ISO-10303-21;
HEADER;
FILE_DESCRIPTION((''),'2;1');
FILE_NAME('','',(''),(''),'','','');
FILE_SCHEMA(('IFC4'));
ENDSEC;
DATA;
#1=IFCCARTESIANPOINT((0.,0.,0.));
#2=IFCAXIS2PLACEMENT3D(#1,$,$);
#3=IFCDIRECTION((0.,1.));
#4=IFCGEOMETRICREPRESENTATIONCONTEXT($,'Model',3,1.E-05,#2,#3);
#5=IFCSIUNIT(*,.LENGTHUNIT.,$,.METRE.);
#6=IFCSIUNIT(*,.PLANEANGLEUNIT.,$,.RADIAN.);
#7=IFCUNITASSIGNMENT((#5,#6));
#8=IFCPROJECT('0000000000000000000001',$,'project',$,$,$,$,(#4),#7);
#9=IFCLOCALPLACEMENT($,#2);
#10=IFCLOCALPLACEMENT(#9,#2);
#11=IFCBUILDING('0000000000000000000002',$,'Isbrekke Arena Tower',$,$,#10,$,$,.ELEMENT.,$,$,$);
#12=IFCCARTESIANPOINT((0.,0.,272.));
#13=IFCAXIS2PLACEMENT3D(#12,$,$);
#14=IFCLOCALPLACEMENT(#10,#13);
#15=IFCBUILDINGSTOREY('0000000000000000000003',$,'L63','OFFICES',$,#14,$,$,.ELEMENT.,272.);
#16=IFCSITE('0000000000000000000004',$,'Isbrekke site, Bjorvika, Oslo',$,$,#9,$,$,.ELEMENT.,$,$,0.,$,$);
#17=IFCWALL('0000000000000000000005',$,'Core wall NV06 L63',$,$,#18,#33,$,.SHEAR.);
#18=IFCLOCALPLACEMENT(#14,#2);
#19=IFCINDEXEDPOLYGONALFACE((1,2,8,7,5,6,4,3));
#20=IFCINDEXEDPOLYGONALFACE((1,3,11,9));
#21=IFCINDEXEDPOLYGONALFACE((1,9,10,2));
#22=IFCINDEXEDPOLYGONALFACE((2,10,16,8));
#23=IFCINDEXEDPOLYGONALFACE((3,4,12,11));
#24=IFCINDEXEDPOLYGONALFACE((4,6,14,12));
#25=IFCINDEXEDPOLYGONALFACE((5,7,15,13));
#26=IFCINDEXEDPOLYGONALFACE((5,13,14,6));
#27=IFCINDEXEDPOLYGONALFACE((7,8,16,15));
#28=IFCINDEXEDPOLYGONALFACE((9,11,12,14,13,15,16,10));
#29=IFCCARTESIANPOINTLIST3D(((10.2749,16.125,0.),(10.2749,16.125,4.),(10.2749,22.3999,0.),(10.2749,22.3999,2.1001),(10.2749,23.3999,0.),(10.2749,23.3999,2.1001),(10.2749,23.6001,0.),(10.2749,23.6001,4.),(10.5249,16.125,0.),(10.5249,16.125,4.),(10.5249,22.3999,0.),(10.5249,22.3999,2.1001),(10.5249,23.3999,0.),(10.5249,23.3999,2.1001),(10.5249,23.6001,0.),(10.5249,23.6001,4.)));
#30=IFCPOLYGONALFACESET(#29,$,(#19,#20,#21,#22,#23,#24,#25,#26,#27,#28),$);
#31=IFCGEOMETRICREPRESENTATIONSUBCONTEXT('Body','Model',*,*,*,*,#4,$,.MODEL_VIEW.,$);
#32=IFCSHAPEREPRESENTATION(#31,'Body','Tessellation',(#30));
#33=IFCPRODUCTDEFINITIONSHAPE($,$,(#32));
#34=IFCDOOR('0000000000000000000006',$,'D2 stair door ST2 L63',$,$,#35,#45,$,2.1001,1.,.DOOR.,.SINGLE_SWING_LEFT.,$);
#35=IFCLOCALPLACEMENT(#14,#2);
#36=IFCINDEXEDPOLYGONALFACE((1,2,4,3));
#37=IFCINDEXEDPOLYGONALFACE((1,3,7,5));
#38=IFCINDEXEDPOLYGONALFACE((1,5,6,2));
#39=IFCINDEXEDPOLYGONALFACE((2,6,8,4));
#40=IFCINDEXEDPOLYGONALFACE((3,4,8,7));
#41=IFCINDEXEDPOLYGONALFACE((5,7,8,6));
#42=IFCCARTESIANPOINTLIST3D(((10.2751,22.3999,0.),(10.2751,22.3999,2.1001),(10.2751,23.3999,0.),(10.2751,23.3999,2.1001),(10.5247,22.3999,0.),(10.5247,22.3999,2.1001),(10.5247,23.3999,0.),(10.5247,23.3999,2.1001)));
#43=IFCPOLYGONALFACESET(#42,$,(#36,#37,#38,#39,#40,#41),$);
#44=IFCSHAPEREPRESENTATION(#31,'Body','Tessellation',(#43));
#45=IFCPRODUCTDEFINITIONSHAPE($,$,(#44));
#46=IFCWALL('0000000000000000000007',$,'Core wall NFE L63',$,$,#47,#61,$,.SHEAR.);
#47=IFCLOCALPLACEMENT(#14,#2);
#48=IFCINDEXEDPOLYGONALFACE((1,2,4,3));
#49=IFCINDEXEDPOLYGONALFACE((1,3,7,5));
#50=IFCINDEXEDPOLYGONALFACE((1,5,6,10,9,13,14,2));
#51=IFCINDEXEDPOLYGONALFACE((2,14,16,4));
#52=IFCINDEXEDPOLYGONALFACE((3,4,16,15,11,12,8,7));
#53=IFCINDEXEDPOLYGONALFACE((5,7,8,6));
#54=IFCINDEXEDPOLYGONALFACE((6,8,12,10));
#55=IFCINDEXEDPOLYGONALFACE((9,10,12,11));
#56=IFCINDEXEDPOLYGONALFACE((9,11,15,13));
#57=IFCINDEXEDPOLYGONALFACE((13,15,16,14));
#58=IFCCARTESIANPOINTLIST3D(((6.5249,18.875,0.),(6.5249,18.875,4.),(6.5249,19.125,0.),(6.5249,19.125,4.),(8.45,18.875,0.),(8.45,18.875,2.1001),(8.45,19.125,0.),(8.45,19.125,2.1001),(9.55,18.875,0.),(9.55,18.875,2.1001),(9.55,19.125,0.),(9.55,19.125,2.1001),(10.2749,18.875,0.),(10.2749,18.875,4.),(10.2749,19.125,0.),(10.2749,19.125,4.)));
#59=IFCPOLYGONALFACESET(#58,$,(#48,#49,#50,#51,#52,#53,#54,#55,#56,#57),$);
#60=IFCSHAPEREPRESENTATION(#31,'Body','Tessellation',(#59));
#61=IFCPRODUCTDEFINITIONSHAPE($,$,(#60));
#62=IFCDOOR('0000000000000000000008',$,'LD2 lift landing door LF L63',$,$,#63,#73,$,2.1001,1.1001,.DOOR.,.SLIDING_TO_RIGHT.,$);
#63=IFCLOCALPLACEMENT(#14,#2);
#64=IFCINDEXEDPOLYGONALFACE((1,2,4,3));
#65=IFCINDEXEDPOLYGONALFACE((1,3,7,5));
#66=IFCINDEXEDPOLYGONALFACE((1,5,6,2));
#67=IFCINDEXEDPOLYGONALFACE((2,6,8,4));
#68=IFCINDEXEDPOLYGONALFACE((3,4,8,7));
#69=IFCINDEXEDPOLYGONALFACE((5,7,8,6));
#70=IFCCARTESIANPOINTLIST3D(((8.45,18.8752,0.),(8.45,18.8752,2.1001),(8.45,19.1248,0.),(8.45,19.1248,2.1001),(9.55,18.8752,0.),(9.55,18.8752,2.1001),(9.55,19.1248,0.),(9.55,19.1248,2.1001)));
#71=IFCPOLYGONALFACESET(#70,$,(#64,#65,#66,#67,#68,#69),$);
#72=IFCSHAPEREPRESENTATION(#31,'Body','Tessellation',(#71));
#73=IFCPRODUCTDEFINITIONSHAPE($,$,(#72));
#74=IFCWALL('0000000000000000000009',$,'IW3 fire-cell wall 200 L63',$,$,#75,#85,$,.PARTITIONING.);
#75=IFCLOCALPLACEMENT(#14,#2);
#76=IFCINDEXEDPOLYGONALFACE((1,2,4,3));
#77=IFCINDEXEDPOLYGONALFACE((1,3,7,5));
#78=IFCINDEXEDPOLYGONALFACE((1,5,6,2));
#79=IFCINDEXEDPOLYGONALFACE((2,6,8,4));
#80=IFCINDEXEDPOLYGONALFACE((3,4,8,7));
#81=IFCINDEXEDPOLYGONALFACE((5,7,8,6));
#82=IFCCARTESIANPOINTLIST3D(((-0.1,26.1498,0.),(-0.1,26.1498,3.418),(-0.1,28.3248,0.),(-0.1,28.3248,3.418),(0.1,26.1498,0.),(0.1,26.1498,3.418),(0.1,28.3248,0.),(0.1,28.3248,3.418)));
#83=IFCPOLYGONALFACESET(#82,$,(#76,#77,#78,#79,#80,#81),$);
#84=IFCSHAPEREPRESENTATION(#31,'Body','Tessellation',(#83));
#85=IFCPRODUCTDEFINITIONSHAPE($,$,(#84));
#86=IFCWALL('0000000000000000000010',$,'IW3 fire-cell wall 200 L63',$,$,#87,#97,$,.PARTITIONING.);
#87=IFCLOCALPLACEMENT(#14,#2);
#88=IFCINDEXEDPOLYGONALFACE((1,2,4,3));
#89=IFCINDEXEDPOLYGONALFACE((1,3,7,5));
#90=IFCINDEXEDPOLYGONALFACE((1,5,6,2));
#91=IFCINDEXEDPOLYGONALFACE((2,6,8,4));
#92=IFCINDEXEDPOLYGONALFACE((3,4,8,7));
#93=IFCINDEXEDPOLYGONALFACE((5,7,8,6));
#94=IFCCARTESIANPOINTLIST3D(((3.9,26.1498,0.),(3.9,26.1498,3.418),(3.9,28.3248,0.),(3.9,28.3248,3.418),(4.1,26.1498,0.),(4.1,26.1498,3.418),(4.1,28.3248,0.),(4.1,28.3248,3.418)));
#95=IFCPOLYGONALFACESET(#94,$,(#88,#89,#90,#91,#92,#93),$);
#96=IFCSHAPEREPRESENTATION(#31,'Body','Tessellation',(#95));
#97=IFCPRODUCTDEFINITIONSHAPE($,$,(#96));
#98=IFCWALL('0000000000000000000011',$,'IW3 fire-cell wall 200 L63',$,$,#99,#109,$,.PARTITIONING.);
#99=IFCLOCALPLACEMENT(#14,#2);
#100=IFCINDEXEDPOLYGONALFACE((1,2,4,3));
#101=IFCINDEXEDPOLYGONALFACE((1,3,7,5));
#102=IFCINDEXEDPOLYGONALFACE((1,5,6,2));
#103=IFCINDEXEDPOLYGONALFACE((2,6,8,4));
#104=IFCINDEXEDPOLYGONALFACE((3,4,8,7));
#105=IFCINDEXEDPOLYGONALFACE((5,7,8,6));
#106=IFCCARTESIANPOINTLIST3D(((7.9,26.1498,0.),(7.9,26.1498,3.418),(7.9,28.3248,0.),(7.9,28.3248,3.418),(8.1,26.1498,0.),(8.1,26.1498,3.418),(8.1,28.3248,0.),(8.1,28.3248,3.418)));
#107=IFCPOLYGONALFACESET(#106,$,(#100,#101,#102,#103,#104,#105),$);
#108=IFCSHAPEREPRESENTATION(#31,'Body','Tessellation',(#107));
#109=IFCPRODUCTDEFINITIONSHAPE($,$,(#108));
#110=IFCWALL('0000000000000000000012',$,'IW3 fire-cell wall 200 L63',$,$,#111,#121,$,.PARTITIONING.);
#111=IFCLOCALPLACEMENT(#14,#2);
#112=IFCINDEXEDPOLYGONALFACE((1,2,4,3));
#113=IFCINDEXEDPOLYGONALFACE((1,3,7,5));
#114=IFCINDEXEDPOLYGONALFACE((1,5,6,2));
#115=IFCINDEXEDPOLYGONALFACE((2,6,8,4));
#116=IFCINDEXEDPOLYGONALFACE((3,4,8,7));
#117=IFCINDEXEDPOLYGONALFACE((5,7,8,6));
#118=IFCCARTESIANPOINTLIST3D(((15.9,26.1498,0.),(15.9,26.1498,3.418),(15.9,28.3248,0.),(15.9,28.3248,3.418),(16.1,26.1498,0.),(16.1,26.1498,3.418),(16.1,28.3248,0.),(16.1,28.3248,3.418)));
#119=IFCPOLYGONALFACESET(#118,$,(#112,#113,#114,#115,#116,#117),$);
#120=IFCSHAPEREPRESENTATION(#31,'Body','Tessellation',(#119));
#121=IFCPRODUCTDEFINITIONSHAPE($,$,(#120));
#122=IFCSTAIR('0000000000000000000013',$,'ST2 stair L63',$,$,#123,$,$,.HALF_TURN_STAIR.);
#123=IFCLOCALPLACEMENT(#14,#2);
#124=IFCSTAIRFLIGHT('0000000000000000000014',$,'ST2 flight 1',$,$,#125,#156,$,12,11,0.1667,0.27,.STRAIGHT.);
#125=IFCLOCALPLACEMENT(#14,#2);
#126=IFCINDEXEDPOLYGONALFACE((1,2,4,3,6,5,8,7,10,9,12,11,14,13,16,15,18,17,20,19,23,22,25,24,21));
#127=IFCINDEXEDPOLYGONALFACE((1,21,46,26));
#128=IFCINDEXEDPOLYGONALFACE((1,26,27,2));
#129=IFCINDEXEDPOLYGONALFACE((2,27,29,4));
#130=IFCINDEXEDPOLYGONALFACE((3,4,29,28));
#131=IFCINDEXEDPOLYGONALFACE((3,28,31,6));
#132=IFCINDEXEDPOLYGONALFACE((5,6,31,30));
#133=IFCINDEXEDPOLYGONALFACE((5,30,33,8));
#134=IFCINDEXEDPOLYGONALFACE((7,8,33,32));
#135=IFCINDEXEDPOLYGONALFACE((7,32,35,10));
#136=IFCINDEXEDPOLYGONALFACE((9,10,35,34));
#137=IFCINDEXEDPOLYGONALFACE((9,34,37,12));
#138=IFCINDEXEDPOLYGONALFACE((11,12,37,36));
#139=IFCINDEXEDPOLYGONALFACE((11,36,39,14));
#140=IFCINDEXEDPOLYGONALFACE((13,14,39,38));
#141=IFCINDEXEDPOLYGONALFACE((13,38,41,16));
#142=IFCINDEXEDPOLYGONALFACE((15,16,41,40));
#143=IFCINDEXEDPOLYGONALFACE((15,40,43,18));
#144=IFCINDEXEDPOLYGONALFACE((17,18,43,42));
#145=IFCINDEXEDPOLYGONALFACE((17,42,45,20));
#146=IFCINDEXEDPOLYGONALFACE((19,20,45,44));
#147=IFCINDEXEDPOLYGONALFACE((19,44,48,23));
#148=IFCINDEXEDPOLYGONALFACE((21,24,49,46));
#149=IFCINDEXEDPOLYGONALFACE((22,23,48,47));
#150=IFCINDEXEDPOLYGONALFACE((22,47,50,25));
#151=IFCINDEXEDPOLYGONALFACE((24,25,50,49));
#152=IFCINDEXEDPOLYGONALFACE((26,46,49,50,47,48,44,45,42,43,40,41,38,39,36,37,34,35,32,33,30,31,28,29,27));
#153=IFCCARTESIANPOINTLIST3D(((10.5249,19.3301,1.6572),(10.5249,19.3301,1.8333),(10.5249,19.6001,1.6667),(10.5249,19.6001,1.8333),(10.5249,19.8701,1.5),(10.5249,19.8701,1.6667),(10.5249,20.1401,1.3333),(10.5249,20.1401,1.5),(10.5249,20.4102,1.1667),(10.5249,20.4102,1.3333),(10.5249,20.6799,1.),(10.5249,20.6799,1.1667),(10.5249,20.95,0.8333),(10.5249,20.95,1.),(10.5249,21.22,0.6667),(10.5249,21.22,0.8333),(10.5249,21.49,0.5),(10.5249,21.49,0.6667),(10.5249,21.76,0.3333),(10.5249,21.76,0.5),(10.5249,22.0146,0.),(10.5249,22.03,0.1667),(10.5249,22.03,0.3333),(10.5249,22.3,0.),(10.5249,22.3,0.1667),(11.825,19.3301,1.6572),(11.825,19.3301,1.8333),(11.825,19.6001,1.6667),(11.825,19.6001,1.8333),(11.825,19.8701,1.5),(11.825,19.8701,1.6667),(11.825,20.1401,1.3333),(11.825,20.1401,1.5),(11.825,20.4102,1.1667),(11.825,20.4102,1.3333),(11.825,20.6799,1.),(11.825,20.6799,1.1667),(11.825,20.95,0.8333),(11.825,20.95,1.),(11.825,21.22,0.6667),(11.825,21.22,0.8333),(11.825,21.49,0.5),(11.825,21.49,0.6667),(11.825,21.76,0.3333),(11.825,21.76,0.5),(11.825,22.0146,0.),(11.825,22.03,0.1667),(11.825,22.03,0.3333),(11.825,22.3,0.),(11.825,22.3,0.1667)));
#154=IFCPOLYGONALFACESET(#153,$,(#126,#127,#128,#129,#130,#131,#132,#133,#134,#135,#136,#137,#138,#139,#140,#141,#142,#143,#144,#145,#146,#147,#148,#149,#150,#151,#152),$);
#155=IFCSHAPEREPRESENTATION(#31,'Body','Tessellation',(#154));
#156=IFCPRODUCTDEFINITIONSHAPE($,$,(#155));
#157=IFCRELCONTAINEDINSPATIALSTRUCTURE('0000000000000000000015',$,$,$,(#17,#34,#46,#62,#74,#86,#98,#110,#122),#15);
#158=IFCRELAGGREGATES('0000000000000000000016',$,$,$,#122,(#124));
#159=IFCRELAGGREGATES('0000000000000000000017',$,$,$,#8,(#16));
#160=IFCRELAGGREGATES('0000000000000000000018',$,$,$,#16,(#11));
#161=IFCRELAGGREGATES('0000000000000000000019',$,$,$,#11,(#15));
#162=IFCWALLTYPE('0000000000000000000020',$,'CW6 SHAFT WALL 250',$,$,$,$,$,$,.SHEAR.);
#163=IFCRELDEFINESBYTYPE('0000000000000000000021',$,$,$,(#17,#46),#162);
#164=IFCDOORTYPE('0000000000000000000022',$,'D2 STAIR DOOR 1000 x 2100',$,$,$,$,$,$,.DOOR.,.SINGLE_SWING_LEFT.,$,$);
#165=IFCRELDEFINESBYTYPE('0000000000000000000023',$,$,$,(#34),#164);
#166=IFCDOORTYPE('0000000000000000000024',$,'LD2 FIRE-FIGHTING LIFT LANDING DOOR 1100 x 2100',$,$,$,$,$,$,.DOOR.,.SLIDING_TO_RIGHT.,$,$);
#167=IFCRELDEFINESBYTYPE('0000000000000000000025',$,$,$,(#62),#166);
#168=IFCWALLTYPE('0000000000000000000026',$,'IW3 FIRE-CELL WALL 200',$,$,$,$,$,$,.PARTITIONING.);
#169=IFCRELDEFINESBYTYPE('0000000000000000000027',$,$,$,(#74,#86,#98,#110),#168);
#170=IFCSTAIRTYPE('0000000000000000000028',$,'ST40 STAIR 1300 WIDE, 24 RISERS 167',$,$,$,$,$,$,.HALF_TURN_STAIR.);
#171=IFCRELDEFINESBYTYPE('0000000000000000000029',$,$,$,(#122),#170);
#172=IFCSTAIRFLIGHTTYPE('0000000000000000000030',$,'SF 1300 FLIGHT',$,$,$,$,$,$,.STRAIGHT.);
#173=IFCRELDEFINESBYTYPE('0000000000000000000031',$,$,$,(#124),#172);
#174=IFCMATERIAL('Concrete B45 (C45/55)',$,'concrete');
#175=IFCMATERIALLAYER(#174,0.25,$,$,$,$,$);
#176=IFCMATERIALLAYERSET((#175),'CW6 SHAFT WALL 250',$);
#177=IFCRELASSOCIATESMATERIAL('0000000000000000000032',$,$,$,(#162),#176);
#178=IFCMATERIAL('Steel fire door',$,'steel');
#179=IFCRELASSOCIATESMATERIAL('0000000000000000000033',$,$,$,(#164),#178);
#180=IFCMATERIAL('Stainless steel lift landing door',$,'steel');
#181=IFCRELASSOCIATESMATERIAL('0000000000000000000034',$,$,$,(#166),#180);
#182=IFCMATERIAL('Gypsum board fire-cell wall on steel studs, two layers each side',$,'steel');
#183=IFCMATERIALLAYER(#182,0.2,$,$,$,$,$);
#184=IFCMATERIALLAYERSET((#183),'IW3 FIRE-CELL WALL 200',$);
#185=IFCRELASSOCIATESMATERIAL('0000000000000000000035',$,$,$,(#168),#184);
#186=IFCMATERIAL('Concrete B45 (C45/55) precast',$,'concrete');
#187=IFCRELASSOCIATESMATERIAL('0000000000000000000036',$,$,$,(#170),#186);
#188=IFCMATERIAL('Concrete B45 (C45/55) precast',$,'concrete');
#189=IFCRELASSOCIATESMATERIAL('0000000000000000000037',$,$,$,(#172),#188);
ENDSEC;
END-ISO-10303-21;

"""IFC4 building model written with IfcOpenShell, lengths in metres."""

from ifc_helpers import new_model, si_unit, direction, frame, frame_2d, origin, place, context, subcontext, project, spatial, polyline, rectangle, outline, extrude, material, layer, layer_set, type_object, element, fill, aggregate, save


model = new_model("IFC4")

# Units and contexts
model_context = context("Model", 3, precision=1e-05, world=origin(), true_north=direction((0.0, 1.0)))
body_context = subcontext(model_context, "Body", "Model", "MODEL_VIEW")
ifc_project = project(units=[si_unit("LENGTHUNIT", "METRE"), si_unit("PLANEANGLEUNIT", "RADIAN")], contexts=[model_context])

# Site, building, storey
site_placement = place(None, origin())
site = spatial("IfcSite", under=ifc_project, at=site_placement, Name="Isbrekke site, Bjorvika, Oslo", CompositionType="ELEMENT", RefElevation=0.0)
building_placement = place(site_placement, origin())
building = spatial("IfcBuilding", under=site, at=building_placement, Name="Isbrekke Arena Tower", CompositionType="ELEMENT")
storey_placement = place(building_placement, frame((0.0, 0.0, 272.0)))
storey = spatial("IfcBuildingStorey", under=building, at=storey_placement, Name="L63", Description="OFFICES", CompositionType="ELEMENT", Elevation=272.0)

# Walls, openings, doors
ifc_material_1 = material(Name="Concrete B45 (C45/55)", Category="concrete")
ifc_layer_1 = layer(ifc_material_1, 0.25)
ifc_layer_set_1 = layer_set([ifc_layer_1], Name="CW6 SHAFT WALL 250")
wall_type_1 = type_object("IfcWallType", Name="CW6 SHAFT WALL 250", PredefinedType="SHEAR", material=ifc_layer_set_1)
wall_1_placement = place(storey_placement, frame((10.3999, 16.125, 0.0), z_axis=(0.0, 0.0, 1.0), x_axis=(0.0, 1.0, 0.0)))
wall_1 = element("IfcWall", 1, at=wall_1_placement, inside=storey, type_object=wall_type_1, Name="Core wall NV06 L63", PredefinedType="SHEAR", context=body_context, shape_type="SweptSolid", body=[
    extrude(rectangle(XDim=7.4751, YDim=0.25, at=frame_2d((3.7375, 0.0))), origin(), (0.0, 0.0, 1.0), 4.0),
])
opening_1_placement = place(wall_1_placement, frame((6.2749, 0.0, 0.0)))
opening_1 = element("IfcOpeningElement", 2, at=opening_1_placement, cuts=wall_1, PredefinedType="OPENING", context=body_context, shape_type="SweptSolid", body=[
    extrude(rectangle(XDim=1.0, YDim=2.1001, at=frame_2d((0.5, 1.05))), frame((0.0, 0.1399, 0.0), z_axis=(0.0, -1.0, 0.0), x_axis=(1.0, 0.0, 0.0)), (0.0, 0.0, 1.0), 0.2798),
])
ifc_material_2 = material(Name="Steel fire door", Category="steel")
door_type_1 = type_object("IfcDoorType", Name="D2 STAIR DOOR 1000 x 2100", OperationType="SINGLE_SWING_LEFT", PredefinedType="DOOR", material=ifc_material_2)
door_1_placement = place(opening_1_placement, origin())
door_1 = element("IfcDoor", 3, at=door_1_placement, inside=storey, type_object=door_type_1, Name="D2 stair door ST2 L63", OperationType="SINGLE_SWING_LEFT", OverallHeight=2.1001, OverallWidth=1.0, PredefinedType="DOOR", context=body_context, shape_type="SweptSolid", body=[
    extrude(rectangle(XDim=1.0, YDim=2.1001, at=frame_2d((0.5, 1.05))), frame((0.0, 0.1248, 0.0), z_axis=(0.0, -1.0, 0.0), x_axis=(1.0, 0.0, 0.0)), (0.0, 0.0, 1.0), 0.2495),
])
fill(opening_1, door_1)
wall_2_placement = place(storey_placement, frame((6.5249, 19.0, 0.0), z_axis=(0.0, 0.0, 1.0), x_axis=(1.0, 0.0, 0.0)))
wall_2 = element("IfcWall", 4, at=wall_2_placement, inside=storey, type_object=wall_type_1, Name="Core wall NFE L63", PredefinedType="SHEAR", context=body_context, shape_type="SweptSolid", body=[
    extrude(rectangle(XDim=3.75, YDim=0.25, at=frame_2d((1.875, 0.0))), origin(), (0.0, 0.0, 1.0), 4.0),
])
opening_2_placement = place(wall_2_placement, frame((1.925, 0.0, 0.0)))
opening_2 = element("IfcOpeningElement", 5, at=opening_2_placement, cuts=wall_2, PredefinedType="OPENING", context=body_context, shape_type="SweptSolid", body=[
    extrude(rectangle(XDim=1.1001, YDim=2.1001, at=frame_2d((0.55, 1.05))), frame((0.0, 0.1399, 0.0), z_axis=(0.0, -1.0, 0.0), x_axis=(1.0, 0.0, 0.0)), (0.0, 0.0, 1.0), 0.2798),
])
ifc_material_3 = material(Name="Stainless steel lift landing door", Category="steel")
door_type_2 = type_object("IfcDoorType", Name="LD2 FIRE-FIGHTING LIFT LANDING DOOR 1100 x 2100", OperationType="SLIDING_TO_RIGHT", PredefinedType="DOOR", material=ifc_material_3)
door_2_placement = place(opening_2_placement, origin())
door_2 = element("IfcDoor", 6, at=door_2_placement, inside=storey, type_object=door_type_2, Name="LD2 lift landing door LF L63", OperationType="SLIDING_TO_RIGHT", OverallHeight=2.1001, OverallWidth=1.1001, PredefinedType="DOOR", context=body_context, shape_type="SweptSolid", body=[
    extrude(rectangle(XDim=1.1001, YDim=2.1001, at=frame_2d((0.55, 1.05))), frame((0.0, 0.1248, 0.0), z_axis=(0.0, -1.0, 0.0), x_axis=(1.0, 0.0, 0.0)), (0.0, 0.0, 1.0), 0.2495),
])
fill(opening_2, door_2)

# Walls
ifc_material_4 = material(Name="Gypsum board fire-cell wall on steel studs, two layers each side", Category="steel")
ifc_layer_2 = layer(ifc_material_4, 0.2)
ifc_layer_set_2 = layer_set([ifc_layer_2], Name="IW3 FIRE-CELL WALL 200")
wall_type_2 = type_object("IfcWallType", Name="IW3 FIRE-CELL WALL 200", PredefinedType="PARTITIONING", material=ifc_layer_set_2)
for number, where, z_axis, x_axis, name in (
    (7, (0.0, 26.1499, 0.0), (0.0, 0.0, 1.0), (0.0, 1.0, 0.0), "IW3 fire-cell wall 200 L63"),
    (8, (4.0, 26.1499, 0.0), (0.0, 0.0, 1.0), (0.0, 1.0, 0.0), "IW3 fire-cell wall 200 L63"),
    (9, (8.0, 26.1499, 0.0), (0.0, 0.0, 1.0), (0.0, 1.0, 0.0), "IW3 fire-cell wall 200 L63"),
    (10, (16.0, 26.1499, 0.0), (0.0, 0.0, 1.0), (0.0, 1.0, 0.0), "IW3 fire-cell wall 200 L63"),
):
    element("IfcWall", number, at=place(storey_placement, frame(where, z_axis=z_axis, x_axis=x_axis)), inside=storey, type_object=wall_type_2, Name=name, PredefinedType="PARTITIONING", context=body_context, shape_type="SweptSolid", body=[
        extrude(rectangle(XDim=2.175, YDim=0.2, at=frame_2d((1.0874, 0.0))), origin(), (0.0, 0.0, 1.0), 3.418),
    ])

# Stair, stair flight
ifc_material_5 = material(Name="Concrete B45 (C45/55) precast", Category="concrete")
stair_type = type_object("IfcStairType", Name="ST40 STAIR 1300 WIDE, 24 RISERS 167", PredefinedType="HALF_TURN_STAIR", material=ifc_material_5)
stair_placement = place(storey_placement, origin())
stair = element("IfcStair", 11, at=stair_placement, inside=storey, type_object=stair_type, Name="ST2 stair L63", PredefinedType="HALF_TURN_STAIR")
ifc_material_6 = material(Name="Concrete B45 (C45/55) precast", Category="concrete")
stair_flight_type = type_object("IfcStairFlightType", Name="SF 1300 FLIGHT", PredefinedType="STRAIGHT", material=ifc_material_6)
stair_flight_1_placement = place(storey_placement, frame((11.175, 22.3, 0.0), z_axis=(0.0, 0.0, 1.0), x_axis=(0.0, -1.0, 0.0)))
stair_flight_1 = element("IfcStairFlight", 12, at=stair_flight_1_placement, type_object=stair_flight_type, Name="ST2 flight 1", NumberOfRisers=12, NumberOfTreads=11, PredefinedType="STRAIGHT", RiserHeight=0.1667, TreadLength=0.27, context=body_context, shape_type="SweptSolid", body=[
    extrude(outline(polyline([(0.0, 0.0), (0.0, 0.1667), (0.27, 0.1667), (0.27, 0.3333), (0.54, 0.3333), (0.54, 0.5), (0.8101, 0.5), (0.8101, 0.6667), (1.0801, 0.6667), (1.0801, 0.8333), (1.3501, 0.8333), (1.3501, 1.0), (1.6201, 1.0), (1.6201, 1.1667), (1.8899, 1.1667), (1.8899, 1.3333), (2.1599, 1.3333), (2.1599, 1.5), (2.4299, 1.5), (2.4299, 1.6667), (2.7, 1.6667), (2.7, 1.8333), (2.97, 1.8333), (2.97, 2.0), (2.97, 1.6572), (0.2854, 0.0), (0.0, 0.0)])), frame((0.0, 0.6499, 0.0), z_axis=(0.0, -1.0, 0.0), x_axis=(1.0, 0.0, 0.0)), (0.0, 0.0, 1.0), 1.3),
])
aggregate(stair, [stair_flight_1])

save(model, "model.ifc")
